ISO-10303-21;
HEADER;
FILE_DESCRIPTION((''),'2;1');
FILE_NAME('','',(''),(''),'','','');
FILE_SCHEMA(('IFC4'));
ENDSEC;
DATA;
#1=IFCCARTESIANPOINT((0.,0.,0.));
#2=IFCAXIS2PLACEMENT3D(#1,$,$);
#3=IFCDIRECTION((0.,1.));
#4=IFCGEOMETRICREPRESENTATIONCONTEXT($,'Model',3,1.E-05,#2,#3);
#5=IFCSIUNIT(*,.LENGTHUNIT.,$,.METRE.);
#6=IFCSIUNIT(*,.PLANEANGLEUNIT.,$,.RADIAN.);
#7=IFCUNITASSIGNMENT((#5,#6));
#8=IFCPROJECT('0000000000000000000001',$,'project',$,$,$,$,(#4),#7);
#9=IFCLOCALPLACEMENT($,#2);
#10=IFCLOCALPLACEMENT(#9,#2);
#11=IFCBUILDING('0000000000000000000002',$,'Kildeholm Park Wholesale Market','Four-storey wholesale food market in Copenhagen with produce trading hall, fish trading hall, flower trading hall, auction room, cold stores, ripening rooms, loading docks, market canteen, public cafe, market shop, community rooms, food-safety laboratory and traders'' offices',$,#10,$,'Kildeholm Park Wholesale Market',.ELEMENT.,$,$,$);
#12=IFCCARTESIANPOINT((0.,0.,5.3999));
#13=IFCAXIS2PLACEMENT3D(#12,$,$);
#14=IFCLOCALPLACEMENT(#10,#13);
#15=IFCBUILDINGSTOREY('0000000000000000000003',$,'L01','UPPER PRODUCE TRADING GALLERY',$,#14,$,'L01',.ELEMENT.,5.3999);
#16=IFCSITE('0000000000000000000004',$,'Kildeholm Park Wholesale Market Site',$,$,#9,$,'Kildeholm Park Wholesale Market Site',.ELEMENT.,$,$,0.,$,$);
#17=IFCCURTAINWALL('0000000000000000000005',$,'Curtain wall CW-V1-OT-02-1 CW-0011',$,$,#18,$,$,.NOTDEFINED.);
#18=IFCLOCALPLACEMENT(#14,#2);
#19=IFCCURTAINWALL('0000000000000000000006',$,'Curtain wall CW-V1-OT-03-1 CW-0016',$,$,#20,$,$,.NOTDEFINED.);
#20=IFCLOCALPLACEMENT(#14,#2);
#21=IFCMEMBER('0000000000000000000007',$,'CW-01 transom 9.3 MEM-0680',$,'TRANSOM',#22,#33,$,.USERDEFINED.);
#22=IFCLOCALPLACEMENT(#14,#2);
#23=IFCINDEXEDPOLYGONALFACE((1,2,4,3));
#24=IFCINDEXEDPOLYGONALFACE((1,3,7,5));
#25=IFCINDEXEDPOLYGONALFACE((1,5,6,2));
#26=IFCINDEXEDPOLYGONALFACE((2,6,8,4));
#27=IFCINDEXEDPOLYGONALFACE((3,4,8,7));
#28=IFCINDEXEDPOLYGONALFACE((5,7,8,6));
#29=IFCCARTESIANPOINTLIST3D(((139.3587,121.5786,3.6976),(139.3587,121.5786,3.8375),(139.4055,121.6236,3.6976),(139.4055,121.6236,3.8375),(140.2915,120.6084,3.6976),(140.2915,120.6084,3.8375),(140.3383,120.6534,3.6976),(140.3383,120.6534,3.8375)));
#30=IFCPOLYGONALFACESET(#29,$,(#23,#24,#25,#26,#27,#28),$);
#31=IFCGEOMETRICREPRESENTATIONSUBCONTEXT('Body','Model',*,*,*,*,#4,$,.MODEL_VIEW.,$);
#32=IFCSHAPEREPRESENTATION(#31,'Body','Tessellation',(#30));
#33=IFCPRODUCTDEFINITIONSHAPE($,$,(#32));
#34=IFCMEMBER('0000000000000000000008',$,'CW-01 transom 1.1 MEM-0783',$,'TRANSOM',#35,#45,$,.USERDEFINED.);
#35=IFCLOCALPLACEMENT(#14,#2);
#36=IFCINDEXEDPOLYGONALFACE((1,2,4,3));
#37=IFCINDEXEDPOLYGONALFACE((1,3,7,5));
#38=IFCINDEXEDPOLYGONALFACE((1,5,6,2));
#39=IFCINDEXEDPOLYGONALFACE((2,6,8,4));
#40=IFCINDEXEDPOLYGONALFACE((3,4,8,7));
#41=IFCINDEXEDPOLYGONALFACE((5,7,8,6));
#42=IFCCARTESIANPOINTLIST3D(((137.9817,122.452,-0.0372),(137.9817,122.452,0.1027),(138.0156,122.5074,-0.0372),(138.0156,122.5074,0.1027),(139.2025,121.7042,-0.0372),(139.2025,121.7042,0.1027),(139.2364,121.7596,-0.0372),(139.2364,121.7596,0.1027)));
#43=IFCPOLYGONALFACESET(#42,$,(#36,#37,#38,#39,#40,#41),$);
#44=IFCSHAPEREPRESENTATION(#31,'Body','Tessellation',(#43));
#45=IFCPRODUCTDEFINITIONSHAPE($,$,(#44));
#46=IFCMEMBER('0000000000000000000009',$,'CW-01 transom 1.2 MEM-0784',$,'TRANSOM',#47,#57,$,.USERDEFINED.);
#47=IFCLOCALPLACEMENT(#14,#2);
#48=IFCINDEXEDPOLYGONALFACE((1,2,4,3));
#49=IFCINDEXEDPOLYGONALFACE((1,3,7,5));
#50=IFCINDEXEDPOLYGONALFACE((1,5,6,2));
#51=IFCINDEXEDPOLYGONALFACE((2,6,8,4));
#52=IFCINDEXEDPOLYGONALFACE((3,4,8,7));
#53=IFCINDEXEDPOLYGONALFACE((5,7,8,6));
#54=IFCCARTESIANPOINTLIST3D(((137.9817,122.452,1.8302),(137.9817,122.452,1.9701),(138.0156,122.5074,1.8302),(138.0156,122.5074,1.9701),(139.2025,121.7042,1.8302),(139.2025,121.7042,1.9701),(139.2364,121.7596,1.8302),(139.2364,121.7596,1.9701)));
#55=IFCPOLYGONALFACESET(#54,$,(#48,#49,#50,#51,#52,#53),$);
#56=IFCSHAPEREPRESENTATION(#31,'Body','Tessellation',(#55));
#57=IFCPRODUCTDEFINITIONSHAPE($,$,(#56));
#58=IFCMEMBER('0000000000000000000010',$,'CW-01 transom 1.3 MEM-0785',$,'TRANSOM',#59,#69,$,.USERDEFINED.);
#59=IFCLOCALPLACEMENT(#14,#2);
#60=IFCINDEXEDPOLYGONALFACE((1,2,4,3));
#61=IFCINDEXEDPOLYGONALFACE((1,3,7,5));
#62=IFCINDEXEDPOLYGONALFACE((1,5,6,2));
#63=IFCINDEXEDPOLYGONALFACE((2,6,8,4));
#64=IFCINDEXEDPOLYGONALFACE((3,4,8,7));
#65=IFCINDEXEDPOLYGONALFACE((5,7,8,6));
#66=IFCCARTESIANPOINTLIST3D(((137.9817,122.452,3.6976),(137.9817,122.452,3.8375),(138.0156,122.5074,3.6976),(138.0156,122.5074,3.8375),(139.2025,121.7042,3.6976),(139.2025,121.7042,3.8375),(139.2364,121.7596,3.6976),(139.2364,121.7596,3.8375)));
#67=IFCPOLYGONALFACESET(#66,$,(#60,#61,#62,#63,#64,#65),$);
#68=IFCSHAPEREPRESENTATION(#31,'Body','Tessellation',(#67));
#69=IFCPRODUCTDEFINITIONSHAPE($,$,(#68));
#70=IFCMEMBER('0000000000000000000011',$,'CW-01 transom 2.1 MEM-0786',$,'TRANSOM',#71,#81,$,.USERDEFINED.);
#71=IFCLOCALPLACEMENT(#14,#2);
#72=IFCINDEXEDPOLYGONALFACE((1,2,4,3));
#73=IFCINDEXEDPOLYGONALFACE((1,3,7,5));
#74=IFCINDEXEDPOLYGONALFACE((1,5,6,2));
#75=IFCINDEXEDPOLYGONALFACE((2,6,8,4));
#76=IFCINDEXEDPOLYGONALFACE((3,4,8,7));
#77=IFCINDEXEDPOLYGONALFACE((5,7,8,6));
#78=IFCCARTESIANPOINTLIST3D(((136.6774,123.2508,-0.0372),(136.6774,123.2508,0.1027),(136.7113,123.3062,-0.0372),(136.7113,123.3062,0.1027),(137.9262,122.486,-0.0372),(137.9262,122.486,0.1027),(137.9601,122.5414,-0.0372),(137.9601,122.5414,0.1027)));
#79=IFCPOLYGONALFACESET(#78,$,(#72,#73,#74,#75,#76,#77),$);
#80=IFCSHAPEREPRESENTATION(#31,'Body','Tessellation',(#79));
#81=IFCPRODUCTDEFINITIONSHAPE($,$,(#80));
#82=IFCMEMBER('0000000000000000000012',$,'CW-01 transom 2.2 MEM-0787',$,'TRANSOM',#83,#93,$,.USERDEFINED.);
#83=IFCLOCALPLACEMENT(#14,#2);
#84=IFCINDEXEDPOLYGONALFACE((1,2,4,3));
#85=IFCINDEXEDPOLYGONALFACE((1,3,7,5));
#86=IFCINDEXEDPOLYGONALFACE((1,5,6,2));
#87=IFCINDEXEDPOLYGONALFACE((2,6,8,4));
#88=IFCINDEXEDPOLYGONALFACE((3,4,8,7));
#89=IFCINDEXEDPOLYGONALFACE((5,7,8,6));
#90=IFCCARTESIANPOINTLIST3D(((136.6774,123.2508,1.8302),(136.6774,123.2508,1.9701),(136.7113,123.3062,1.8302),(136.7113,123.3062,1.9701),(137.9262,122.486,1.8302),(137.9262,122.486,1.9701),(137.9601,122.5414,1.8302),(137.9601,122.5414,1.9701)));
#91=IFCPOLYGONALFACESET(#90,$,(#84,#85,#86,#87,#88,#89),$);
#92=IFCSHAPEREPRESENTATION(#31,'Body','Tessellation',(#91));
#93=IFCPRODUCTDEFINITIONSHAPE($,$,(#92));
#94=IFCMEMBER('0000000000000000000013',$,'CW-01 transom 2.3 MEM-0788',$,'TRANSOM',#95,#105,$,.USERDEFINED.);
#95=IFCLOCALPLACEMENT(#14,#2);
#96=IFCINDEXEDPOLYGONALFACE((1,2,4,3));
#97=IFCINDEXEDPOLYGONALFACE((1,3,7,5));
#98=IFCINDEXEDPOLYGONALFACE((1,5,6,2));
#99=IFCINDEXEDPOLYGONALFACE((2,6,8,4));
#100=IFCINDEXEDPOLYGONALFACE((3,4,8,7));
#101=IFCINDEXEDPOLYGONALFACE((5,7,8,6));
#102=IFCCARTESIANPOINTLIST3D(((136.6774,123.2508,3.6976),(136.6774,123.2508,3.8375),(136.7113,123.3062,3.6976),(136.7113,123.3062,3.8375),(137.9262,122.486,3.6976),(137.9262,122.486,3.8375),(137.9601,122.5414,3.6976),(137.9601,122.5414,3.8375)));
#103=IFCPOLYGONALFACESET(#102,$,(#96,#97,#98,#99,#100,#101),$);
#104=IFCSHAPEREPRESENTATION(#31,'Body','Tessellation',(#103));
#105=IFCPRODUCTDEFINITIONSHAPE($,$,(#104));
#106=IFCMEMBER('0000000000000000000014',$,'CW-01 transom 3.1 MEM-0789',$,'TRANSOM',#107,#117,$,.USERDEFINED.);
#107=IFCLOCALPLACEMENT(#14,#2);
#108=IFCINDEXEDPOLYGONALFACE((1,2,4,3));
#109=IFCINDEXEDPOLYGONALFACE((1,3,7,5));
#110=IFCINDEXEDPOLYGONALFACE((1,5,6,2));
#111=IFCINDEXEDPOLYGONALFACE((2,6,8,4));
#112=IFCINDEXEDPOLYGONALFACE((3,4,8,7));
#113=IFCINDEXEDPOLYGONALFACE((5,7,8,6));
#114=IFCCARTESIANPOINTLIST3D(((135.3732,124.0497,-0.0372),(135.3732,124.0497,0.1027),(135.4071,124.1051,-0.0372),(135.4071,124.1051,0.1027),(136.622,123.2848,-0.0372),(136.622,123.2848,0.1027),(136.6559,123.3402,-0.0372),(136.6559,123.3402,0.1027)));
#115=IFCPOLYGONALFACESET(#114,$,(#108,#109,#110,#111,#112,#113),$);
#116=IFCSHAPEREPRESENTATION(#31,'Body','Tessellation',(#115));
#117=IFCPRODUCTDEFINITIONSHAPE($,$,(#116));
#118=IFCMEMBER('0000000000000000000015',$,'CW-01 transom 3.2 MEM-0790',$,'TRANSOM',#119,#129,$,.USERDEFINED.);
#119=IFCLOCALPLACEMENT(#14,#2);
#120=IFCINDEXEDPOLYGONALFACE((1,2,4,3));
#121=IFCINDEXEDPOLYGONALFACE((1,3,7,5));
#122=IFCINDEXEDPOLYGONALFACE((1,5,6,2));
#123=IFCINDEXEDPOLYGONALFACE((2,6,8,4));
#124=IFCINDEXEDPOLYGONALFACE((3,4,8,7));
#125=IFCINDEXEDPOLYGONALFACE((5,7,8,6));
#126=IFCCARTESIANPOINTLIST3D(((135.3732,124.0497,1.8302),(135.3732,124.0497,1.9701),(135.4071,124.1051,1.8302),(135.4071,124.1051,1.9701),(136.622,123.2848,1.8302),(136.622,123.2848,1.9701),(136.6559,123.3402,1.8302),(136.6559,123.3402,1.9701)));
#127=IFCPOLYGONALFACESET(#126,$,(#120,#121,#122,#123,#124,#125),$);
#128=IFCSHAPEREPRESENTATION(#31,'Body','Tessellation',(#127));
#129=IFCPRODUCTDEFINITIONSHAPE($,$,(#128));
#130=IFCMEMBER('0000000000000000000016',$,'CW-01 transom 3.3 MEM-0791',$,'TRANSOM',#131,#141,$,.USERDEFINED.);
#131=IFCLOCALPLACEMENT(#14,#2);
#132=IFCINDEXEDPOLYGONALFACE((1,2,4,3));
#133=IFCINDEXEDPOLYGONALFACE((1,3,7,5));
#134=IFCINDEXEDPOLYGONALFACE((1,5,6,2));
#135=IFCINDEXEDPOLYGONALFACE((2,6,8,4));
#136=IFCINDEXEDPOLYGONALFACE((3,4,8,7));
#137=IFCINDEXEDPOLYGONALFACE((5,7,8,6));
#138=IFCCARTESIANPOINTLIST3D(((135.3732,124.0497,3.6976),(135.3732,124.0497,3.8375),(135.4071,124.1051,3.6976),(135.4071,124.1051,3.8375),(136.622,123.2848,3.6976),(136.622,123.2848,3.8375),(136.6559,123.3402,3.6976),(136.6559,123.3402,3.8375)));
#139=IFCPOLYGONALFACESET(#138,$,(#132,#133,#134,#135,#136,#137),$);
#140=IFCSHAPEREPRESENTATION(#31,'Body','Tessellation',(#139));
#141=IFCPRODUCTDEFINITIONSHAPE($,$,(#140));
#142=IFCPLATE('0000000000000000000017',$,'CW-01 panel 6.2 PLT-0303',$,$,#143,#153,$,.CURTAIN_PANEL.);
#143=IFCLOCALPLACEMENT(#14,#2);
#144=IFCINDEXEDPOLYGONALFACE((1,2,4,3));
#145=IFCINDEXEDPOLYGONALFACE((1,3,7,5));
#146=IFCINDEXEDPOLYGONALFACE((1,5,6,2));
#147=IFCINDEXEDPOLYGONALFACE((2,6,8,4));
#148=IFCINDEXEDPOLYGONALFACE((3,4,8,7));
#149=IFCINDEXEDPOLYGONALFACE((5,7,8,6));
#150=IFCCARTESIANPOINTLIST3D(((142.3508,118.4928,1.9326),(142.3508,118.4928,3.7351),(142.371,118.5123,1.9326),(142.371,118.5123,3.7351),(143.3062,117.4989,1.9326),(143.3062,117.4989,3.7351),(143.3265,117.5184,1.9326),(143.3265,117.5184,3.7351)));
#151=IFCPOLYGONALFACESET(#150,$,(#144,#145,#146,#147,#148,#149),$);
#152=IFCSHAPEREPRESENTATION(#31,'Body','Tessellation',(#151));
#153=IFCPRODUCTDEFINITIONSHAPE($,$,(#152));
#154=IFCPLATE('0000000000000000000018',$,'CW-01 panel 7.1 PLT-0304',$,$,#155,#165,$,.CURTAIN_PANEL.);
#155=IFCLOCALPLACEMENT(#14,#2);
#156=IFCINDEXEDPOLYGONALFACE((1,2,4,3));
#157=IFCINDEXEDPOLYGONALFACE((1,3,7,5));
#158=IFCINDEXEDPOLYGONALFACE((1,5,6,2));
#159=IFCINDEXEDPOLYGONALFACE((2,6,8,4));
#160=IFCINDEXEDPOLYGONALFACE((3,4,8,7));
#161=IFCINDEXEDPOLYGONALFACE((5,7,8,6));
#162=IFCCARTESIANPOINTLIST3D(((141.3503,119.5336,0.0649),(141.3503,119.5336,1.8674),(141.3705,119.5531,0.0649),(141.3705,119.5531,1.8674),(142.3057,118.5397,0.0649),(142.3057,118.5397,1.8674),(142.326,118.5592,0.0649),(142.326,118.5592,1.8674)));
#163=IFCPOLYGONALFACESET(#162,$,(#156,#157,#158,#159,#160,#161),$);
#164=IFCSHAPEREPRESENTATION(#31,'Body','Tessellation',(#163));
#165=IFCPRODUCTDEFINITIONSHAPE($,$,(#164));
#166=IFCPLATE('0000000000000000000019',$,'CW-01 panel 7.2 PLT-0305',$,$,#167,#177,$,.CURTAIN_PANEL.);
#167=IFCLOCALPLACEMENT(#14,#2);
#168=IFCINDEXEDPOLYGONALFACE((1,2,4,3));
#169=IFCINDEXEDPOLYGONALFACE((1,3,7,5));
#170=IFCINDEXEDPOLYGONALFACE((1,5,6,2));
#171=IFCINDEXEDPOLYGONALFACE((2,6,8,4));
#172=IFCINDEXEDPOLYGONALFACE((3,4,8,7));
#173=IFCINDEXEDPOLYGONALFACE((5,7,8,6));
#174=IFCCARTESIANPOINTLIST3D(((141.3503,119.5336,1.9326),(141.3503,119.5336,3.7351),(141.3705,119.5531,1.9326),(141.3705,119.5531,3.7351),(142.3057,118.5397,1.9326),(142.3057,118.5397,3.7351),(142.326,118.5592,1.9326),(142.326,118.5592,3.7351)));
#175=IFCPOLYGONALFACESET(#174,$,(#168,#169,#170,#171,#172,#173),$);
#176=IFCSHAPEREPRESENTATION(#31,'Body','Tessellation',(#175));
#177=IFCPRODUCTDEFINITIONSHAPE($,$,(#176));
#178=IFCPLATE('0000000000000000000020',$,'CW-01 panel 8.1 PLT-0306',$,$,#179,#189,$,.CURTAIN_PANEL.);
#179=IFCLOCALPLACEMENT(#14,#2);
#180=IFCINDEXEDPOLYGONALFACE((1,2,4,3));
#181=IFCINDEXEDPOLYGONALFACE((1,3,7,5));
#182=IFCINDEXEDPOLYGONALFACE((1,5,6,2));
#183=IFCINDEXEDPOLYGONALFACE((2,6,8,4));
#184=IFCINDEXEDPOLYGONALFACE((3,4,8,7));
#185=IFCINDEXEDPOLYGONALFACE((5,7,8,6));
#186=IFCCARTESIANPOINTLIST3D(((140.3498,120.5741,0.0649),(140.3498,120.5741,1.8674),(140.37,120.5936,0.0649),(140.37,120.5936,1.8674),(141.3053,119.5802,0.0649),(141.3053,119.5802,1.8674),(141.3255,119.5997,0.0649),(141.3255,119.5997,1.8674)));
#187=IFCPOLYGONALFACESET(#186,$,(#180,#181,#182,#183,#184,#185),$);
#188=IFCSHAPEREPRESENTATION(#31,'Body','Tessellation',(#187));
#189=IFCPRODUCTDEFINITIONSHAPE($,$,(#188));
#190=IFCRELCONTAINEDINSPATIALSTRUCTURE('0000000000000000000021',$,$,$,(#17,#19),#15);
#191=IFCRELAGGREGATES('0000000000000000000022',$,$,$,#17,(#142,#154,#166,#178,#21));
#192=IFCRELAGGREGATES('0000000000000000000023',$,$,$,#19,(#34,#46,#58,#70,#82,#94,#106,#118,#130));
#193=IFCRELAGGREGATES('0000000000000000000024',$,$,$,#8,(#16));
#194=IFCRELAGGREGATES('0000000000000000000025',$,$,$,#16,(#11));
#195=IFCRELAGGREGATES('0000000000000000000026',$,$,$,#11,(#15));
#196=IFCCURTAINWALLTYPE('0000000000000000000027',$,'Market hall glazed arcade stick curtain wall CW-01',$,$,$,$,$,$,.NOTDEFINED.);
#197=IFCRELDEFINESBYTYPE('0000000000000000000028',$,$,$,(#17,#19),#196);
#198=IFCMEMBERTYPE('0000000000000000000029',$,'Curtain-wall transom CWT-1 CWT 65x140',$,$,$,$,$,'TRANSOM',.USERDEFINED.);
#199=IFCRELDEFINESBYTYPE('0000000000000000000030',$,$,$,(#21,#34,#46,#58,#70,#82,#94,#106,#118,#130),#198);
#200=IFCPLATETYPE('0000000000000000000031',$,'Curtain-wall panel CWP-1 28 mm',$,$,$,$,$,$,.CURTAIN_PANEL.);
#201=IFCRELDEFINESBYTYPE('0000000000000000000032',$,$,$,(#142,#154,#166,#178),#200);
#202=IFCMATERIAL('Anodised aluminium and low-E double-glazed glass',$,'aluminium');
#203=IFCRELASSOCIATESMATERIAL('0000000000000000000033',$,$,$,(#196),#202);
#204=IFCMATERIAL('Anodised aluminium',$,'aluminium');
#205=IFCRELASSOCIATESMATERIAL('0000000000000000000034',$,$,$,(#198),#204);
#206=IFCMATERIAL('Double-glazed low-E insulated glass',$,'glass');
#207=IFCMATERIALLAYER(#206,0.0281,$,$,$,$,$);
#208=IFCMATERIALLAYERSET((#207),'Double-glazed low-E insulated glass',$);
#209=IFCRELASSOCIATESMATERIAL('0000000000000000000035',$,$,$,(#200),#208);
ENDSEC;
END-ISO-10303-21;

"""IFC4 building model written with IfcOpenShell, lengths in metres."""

from ifc_helpers import new_model, si_unit, direction, frame, origin, origin_2d, place, context, subcontext, project, spatial, rectangle, extrude, material, layer, layer_set, material_profile, profile_set, type_object, element, aggregate, save


model = new_model("IFC4")

# Units and contexts
model_context = context("Model", 3, precision=1e-05, world=origin(), true_north=direction((0.0, 1.0)))
body_context = subcontext(model_context, "Body", "Model", "MODEL_VIEW")
ifc_project = project(units=[si_unit("LENGTHUNIT", "METRE"), si_unit("PLANEANGLEUNIT", "RADIAN")], contexts=[model_context])

# Site, building, storey
site_placement = place(None, origin())
site = spatial("IfcSite", under=ifc_project, at=site_placement, Name="Kildeholm Park Wholesale Market Site", LongName="Kildeholm Park Wholesale Market Site", CompositionType="ELEMENT", RefElevation=0.0)
building_placement = place(site_placement, origin())
building = spatial("IfcBuilding", under=site, at=building_placement, Name="Kildeholm Park Wholesale Market", Description="Four-storey wholesale food market in Copenhagen with produce trading hall, fish trading hall, flower trading hall, auction room, cold stores, ripening rooms, loading docks, market canteen, public cafe, market shop, community rooms, food-safety laboratory and traders' offices", LongName="Kildeholm Park Wholesale Market", CompositionType="ELEMENT")
storey_placement = place(building_placement, frame((0.0, 0.0, 5.3999)))
storey = spatial("IfcBuildingStorey", under=building, at=storey_placement, Name="L01", Description="UPPER PRODUCE TRADING GALLERY", LongName="L01", CompositionType="ELEMENT", Elevation=5.3999)

# Curtain walls
ifc_material_1 = material(Name="Anodised aluminium and low-E double-glazed glass", Category="aluminium")
curtain_wall_type = type_object("IfcCurtainWallType", Name="Market hall glazed arcade stick curtain wall CW-01", PredefinedType="NOTDEFINED", material=ifc_material_1)
curtain_wall_1_placement = place(storey_placement, origin())
curtain_wall_1 = element("IfcCurtainWall", 1, at=curtain_wall_1_placement, inside=storey, type_object=curtain_wall_type, Name="Curtain wall CW-V1-OT-02-1 CW-0011", PredefinedType="NOTDEFINED")
ifc_material_2 = material(Name="Anodised aluminium", Category="aluminium")
curtain_wall_2_placement = place(storey_placement, origin())
curtain_wall_2 = element("IfcCurtainWall", 2, at=curtain_wall_2_placement, inside=storey, type_object=curtain_wall_type, Name="Curtain wall CW-V1-OT-03-1 CW-0016", PredefinedType="NOTDEFINED")

# Members
ifc_material_profile_1 = material_profile(ifc_material_2, rectangle(XDim=0.0649, YDim=0.1399, at=origin_2d()), Name="CWT 65x140")
ifc_profile_set_1 = profile_set([ifc_material_profile_1], Name="Anodised aluminium")
member_type_1 = type_object("IfcMemberType", Name="Curtain-wall transom CWT-1 CWT 65x140", ElementType="TRANSOM", PredefinedType="USERDEFINED", material=ifc_profile_set_1)
member_1_placement = place(storey_placement, frame((140.3149, 120.6309, 3.7676), z_axis=(-0.693094, 0.720847, 0.0), x_axis=(-0.720847, -0.693094, 0.0)))
member_1 = element("IfcMember", 3, at=member_1_placement, type_object=member_type_1, Name="CW-01 transom 9.3 MEM-0680", ObjectType="TRANSOM", PredefinedType="USERDEFINED", context=body_context, shape_type="SweptSolid", body=[
    extrude(rectangle(XDim=0.0649, YDim=0.1399, at=origin_2d()), origin(), (0.0, 0.0, 1.0), 1.3459),
])
member_2_placement = place(storey_placement, frame((139.2195, 121.7319, 0.0327), z_axis=(-0.852763, 0.522298, 0.0), x_axis=(-0.522298, -0.852763, 0.0)))
member_2 = element("IfcMember", 4, at=member_2_placement, type_object=member_type_1, Name="CW-01 transom 1.1 MEM-0783", ObjectType="TRANSOM", PredefinedType="USERDEFINED", context=body_context, shape_type="SweptSolid", body=[
    extrude(rectangle(XDim=0.0649, YDim=0.1399, at=origin_2d()), origin(), (0.0, 0.0, 1.0), 1.4316),
])
member_3_placement = place(storey_placement, frame((139.2195, 121.7319, 1.9001), z_axis=(-0.852763, 0.522298, 0.0), x_axis=(-0.522298, -0.852763, 0.0)))
member_3 = element("IfcMember", 5, at=member_3_placement, type_object=member_type_1, Name="CW-01 transom 1.2 MEM-0784", ObjectType="TRANSOM", PredefinedType="USERDEFINED", context=body_context, shape_type="SweptSolid", body=[
    extrude(rectangle(XDim=0.0649, YDim=0.1399, at=origin_2d()), origin(), (0.0, 0.0, 1.0), 1.4316),
])
member_4_placement = place(storey_placement, frame((139.2195, 121.7319, 3.7676), z_axis=(-0.852763, 0.522298, 0.0), x_axis=(-0.522298, -0.852763, 0.0)))
member_4 = element("IfcMember", 6, at=member_4_placement, type_object=member_type_1, Name="CW-01 transom 1.3 MEM-0785", ObjectType="TRANSOM", PredefinedType="USERDEFINED", context=body_context, shape_type="SweptSolid", body=[
    extrude(rectangle(XDim=0.0649, YDim=0.1399, at=origin_2d()), origin(), (0.0, 0.0, 1.0), 1.4316),
])
member_5_placement = place(storey_placement, frame((137.9431, 122.5137, 0.0327), z_axis=(-0.85275, 0.52232, 0.0), x_axis=(-0.52232, -0.85275, 0.0)))
member_5 = element("IfcMember", 7, at=member_5_placement, type_object=member_type_1, Name="CW-01 transom 2.1 MEM-0786", ObjectType="TRANSOM", PredefinedType="USERDEFINED", context=body_context, shape_type="SweptSolid", body=[
    extrude(rectangle(XDim=0.0649, YDim=0.1399, at=origin_2d()), origin(), (0.0, 0.0, 1.0), 1.4644),
])
member_6_placement = place(storey_placement, frame((137.9431, 122.5137, 1.9001), z_axis=(-0.85275, 0.52232, 0.0), x_axis=(-0.52232, -0.85275, 0.0)))
member_6 = element("IfcMember", 8, at=member_6_placement, type_object=member_type_1, Name="CW-01 transom 2.2 MEM-0787", ObjectType="TRANSOM", PredefinedType="USERDEFINED", context=body_context, shape_type="SweptSolid", body=[
    extrude(rectangle(XDim=0.0649, YDim=0.1399, at=origin_2d()), origin(), (0.0, 0.0, 1.0), 1.4644),
])
member_7_placement = place(storey_placement, frame((137.9431, 122.5137, 3.7676), z_axis=(-0.85275, 0.52232, 0.0), x_axis=(-0.52232, -0.85275, 0.0)))
member_7 = element("IfcMember", 9, at=member_7_placement, type_object=member_type_1, Name="CW-01 transom 2.3 MEM-0788", ObjectType="TRANSOM", PredefinedType="USERDEFINED", context=body_context, shape_type="SweptSolid", body=[
    extrude(rectangle(XDim=0.0649, YDim=0.1399, at=origin_2d()), origin(), (0.0, 0.0, 1.0), 1.4644),
])
member_8_placement = place(storey_placement, frame((136.6389, 123.3125, 0.0327), z_axis=(-0.85275, 0.52232, 0.0), x_axis=(-0.52232, -0.85275, 0.0)))
member_8 = element("IfcMember", 10, at=member_8_placement, type_object=member_type_1, Name="CW-01 transom 3.1 MEM-0789", ObjectType="TRANSOM", PredefinedType="USERDEFINED", context=body_context, shape_type="SweptSolid", body=[
    extrude(rectangle(XDim=0.0649, YDim=0.1399, at=origin_2d()), origin(), (0.0, 0.0, 1.0), 1.4644),
])
member_9_placement = place(storey_placement, frame((136.6389, 123.3125, 1.9001), z_axis=(-0.85275, 0.52232, 0.0), x_axis=(-0.52232, -0.85275, 0.0)))
member_9 = element("IfcMember", 11, at=member_9_placement, type_object=member_type_1, Name="CW-01 transom 3.2 MEM-0790", ObjectType="TRANSOM", PredefinedType="USERDEFINED", context=body_context, shape_type="SweptSolid", body=[
    extrude(rectangle(XDim=0.0649, YDim=0.1399, at=origin_2d()), origin(), (0.0, 0.0, 1.0), 1.4644),
])
member_10_placement = place(storey_placement, frame((136.6389, 123.3125, 3.7676), z_axis=(-0.85275, 0.52232, 0.0), x_axis=(-0.52232, -0.85275, 0.0)))
member_10 = element("IfcMember", 12, at=member_10_placement, type_object=member_type_1, Name="CW-01 transom 3.3 MEM-0791", ObjectType="TRANSOM", PredefinedType="USERDEFINED", context=body_context, shape_type="SweptSolid", body=[
    extrude(rectangle(XDim=0.0649, YDim=0.1399, at=origin_2d()), origin(), (0.0, 0.0, 1.0), 1.4644),
])

# Plates
ifc_material_3 = material(Name="Double-glazed low-E insulated glass", Category="glass")
ifc_layer = layer(ifc_material_3, 0.0281)
ifc_layer_set = layer_set([ifc_layer], Name="Double-glazed low-E insulated glass")
plate_type = type_object("IfcPlateType", Name="Curtain-wall panel CWP-1 28 mm", PredefinedType="CURTAIN_PANEL", material=ifc_layer_set)
plate_1_placement = place(storey_placement, frame((142.8386, 118.0056, 1.9326), z_axis=(0.0, 0.0, 1.0), x_axis=(-0.693038, 0.720901, 0.0)))
plate_1 = element("IfcPlate", 13, at=plate_1_placement, type_object=plate_type, Name="CW-01 panel 6.2 PLT-0303", PredefinedType="CURTAIN_PANEL", context=body_context, shape_type="SweptSolid", body=[
    extrude(rectangle(XDim=1.3787, YDim=0.0281, at=origin_2d()), origin(), (0.0, 0.0, 1.0), 1.8025),
])
plate_2_placement = place(storey_placement, frame((141.8381, 119.0464, 0.0649), z_axis=(0.0, 0.0, 1.0), x_axis=(-0.693038, 0.720901, 0.0)))
plate_2 = element("IfcPlate", 14, at=plate_2_placement, type_object=plate_type, Name="CW-01 panel 7.1 PLT-0304", PredefinedType="CURTAIN_PANEL", context=body_context, shape_type="SweptSolid", body=[
    extrude(rectangle(XDim=1.3787, YDim=0.0281, at=origin_2d()), origin(), (0.0, 0.0, 1.0), 1.8025),
])
plate_3_placement = place(storey_placement, frame((141.8381, 119.0464, 1.9326), z_axis=(0.0, 0.0, 1.0), x_axis=(-0.693038, 0.720901, 0.0)))
plate_3 = element("IfcPlate", 15, at=plate_3_placement, type_object=plate_type, Name="CW-01 panel 7.2 PLT-0305", PredefinedType="CURTAIN_PANEL", context=body_context, shape_type="SweptSolid", body=[
    extrude(rectangle(XDim=1.3787, YDim=0.0281, at=origin_2d()), origin(), (0.0, 0.0, 1.0), 1.8025),
])
plate_4_placement = place(storey_placement, frame((140.8376, 120.0869, 0.0649), z_axis=(0.0, 0.0, 1.0), x_axis=(-0.693038, 0.720901, 0.0)))
plate_4 = element("IfcPlate", 16, at=plate_4_placement, type_object=plate_type, Name="CW-01 panel 8.1 PLT-0306", PredefinedType="CURTAIN_PANEL", context=body_context, shape_type="SweptSolid", body=[
    extrude(rectangle(XDim=1.3787, YDim=0.0281, at=origin_2d()), origin(), (0.0, 0.0, 1.0), 1.8025),
])
aggregate(curtain_wall_1, [plate_1, plate_2, plate_3, plate_4, member_1])
aggregate(curtain_wall_2, [member_2, member_3, member_4, member_5, member_6, member_7, member_8, member_9, member_10])

save(model, "model.ifc")
